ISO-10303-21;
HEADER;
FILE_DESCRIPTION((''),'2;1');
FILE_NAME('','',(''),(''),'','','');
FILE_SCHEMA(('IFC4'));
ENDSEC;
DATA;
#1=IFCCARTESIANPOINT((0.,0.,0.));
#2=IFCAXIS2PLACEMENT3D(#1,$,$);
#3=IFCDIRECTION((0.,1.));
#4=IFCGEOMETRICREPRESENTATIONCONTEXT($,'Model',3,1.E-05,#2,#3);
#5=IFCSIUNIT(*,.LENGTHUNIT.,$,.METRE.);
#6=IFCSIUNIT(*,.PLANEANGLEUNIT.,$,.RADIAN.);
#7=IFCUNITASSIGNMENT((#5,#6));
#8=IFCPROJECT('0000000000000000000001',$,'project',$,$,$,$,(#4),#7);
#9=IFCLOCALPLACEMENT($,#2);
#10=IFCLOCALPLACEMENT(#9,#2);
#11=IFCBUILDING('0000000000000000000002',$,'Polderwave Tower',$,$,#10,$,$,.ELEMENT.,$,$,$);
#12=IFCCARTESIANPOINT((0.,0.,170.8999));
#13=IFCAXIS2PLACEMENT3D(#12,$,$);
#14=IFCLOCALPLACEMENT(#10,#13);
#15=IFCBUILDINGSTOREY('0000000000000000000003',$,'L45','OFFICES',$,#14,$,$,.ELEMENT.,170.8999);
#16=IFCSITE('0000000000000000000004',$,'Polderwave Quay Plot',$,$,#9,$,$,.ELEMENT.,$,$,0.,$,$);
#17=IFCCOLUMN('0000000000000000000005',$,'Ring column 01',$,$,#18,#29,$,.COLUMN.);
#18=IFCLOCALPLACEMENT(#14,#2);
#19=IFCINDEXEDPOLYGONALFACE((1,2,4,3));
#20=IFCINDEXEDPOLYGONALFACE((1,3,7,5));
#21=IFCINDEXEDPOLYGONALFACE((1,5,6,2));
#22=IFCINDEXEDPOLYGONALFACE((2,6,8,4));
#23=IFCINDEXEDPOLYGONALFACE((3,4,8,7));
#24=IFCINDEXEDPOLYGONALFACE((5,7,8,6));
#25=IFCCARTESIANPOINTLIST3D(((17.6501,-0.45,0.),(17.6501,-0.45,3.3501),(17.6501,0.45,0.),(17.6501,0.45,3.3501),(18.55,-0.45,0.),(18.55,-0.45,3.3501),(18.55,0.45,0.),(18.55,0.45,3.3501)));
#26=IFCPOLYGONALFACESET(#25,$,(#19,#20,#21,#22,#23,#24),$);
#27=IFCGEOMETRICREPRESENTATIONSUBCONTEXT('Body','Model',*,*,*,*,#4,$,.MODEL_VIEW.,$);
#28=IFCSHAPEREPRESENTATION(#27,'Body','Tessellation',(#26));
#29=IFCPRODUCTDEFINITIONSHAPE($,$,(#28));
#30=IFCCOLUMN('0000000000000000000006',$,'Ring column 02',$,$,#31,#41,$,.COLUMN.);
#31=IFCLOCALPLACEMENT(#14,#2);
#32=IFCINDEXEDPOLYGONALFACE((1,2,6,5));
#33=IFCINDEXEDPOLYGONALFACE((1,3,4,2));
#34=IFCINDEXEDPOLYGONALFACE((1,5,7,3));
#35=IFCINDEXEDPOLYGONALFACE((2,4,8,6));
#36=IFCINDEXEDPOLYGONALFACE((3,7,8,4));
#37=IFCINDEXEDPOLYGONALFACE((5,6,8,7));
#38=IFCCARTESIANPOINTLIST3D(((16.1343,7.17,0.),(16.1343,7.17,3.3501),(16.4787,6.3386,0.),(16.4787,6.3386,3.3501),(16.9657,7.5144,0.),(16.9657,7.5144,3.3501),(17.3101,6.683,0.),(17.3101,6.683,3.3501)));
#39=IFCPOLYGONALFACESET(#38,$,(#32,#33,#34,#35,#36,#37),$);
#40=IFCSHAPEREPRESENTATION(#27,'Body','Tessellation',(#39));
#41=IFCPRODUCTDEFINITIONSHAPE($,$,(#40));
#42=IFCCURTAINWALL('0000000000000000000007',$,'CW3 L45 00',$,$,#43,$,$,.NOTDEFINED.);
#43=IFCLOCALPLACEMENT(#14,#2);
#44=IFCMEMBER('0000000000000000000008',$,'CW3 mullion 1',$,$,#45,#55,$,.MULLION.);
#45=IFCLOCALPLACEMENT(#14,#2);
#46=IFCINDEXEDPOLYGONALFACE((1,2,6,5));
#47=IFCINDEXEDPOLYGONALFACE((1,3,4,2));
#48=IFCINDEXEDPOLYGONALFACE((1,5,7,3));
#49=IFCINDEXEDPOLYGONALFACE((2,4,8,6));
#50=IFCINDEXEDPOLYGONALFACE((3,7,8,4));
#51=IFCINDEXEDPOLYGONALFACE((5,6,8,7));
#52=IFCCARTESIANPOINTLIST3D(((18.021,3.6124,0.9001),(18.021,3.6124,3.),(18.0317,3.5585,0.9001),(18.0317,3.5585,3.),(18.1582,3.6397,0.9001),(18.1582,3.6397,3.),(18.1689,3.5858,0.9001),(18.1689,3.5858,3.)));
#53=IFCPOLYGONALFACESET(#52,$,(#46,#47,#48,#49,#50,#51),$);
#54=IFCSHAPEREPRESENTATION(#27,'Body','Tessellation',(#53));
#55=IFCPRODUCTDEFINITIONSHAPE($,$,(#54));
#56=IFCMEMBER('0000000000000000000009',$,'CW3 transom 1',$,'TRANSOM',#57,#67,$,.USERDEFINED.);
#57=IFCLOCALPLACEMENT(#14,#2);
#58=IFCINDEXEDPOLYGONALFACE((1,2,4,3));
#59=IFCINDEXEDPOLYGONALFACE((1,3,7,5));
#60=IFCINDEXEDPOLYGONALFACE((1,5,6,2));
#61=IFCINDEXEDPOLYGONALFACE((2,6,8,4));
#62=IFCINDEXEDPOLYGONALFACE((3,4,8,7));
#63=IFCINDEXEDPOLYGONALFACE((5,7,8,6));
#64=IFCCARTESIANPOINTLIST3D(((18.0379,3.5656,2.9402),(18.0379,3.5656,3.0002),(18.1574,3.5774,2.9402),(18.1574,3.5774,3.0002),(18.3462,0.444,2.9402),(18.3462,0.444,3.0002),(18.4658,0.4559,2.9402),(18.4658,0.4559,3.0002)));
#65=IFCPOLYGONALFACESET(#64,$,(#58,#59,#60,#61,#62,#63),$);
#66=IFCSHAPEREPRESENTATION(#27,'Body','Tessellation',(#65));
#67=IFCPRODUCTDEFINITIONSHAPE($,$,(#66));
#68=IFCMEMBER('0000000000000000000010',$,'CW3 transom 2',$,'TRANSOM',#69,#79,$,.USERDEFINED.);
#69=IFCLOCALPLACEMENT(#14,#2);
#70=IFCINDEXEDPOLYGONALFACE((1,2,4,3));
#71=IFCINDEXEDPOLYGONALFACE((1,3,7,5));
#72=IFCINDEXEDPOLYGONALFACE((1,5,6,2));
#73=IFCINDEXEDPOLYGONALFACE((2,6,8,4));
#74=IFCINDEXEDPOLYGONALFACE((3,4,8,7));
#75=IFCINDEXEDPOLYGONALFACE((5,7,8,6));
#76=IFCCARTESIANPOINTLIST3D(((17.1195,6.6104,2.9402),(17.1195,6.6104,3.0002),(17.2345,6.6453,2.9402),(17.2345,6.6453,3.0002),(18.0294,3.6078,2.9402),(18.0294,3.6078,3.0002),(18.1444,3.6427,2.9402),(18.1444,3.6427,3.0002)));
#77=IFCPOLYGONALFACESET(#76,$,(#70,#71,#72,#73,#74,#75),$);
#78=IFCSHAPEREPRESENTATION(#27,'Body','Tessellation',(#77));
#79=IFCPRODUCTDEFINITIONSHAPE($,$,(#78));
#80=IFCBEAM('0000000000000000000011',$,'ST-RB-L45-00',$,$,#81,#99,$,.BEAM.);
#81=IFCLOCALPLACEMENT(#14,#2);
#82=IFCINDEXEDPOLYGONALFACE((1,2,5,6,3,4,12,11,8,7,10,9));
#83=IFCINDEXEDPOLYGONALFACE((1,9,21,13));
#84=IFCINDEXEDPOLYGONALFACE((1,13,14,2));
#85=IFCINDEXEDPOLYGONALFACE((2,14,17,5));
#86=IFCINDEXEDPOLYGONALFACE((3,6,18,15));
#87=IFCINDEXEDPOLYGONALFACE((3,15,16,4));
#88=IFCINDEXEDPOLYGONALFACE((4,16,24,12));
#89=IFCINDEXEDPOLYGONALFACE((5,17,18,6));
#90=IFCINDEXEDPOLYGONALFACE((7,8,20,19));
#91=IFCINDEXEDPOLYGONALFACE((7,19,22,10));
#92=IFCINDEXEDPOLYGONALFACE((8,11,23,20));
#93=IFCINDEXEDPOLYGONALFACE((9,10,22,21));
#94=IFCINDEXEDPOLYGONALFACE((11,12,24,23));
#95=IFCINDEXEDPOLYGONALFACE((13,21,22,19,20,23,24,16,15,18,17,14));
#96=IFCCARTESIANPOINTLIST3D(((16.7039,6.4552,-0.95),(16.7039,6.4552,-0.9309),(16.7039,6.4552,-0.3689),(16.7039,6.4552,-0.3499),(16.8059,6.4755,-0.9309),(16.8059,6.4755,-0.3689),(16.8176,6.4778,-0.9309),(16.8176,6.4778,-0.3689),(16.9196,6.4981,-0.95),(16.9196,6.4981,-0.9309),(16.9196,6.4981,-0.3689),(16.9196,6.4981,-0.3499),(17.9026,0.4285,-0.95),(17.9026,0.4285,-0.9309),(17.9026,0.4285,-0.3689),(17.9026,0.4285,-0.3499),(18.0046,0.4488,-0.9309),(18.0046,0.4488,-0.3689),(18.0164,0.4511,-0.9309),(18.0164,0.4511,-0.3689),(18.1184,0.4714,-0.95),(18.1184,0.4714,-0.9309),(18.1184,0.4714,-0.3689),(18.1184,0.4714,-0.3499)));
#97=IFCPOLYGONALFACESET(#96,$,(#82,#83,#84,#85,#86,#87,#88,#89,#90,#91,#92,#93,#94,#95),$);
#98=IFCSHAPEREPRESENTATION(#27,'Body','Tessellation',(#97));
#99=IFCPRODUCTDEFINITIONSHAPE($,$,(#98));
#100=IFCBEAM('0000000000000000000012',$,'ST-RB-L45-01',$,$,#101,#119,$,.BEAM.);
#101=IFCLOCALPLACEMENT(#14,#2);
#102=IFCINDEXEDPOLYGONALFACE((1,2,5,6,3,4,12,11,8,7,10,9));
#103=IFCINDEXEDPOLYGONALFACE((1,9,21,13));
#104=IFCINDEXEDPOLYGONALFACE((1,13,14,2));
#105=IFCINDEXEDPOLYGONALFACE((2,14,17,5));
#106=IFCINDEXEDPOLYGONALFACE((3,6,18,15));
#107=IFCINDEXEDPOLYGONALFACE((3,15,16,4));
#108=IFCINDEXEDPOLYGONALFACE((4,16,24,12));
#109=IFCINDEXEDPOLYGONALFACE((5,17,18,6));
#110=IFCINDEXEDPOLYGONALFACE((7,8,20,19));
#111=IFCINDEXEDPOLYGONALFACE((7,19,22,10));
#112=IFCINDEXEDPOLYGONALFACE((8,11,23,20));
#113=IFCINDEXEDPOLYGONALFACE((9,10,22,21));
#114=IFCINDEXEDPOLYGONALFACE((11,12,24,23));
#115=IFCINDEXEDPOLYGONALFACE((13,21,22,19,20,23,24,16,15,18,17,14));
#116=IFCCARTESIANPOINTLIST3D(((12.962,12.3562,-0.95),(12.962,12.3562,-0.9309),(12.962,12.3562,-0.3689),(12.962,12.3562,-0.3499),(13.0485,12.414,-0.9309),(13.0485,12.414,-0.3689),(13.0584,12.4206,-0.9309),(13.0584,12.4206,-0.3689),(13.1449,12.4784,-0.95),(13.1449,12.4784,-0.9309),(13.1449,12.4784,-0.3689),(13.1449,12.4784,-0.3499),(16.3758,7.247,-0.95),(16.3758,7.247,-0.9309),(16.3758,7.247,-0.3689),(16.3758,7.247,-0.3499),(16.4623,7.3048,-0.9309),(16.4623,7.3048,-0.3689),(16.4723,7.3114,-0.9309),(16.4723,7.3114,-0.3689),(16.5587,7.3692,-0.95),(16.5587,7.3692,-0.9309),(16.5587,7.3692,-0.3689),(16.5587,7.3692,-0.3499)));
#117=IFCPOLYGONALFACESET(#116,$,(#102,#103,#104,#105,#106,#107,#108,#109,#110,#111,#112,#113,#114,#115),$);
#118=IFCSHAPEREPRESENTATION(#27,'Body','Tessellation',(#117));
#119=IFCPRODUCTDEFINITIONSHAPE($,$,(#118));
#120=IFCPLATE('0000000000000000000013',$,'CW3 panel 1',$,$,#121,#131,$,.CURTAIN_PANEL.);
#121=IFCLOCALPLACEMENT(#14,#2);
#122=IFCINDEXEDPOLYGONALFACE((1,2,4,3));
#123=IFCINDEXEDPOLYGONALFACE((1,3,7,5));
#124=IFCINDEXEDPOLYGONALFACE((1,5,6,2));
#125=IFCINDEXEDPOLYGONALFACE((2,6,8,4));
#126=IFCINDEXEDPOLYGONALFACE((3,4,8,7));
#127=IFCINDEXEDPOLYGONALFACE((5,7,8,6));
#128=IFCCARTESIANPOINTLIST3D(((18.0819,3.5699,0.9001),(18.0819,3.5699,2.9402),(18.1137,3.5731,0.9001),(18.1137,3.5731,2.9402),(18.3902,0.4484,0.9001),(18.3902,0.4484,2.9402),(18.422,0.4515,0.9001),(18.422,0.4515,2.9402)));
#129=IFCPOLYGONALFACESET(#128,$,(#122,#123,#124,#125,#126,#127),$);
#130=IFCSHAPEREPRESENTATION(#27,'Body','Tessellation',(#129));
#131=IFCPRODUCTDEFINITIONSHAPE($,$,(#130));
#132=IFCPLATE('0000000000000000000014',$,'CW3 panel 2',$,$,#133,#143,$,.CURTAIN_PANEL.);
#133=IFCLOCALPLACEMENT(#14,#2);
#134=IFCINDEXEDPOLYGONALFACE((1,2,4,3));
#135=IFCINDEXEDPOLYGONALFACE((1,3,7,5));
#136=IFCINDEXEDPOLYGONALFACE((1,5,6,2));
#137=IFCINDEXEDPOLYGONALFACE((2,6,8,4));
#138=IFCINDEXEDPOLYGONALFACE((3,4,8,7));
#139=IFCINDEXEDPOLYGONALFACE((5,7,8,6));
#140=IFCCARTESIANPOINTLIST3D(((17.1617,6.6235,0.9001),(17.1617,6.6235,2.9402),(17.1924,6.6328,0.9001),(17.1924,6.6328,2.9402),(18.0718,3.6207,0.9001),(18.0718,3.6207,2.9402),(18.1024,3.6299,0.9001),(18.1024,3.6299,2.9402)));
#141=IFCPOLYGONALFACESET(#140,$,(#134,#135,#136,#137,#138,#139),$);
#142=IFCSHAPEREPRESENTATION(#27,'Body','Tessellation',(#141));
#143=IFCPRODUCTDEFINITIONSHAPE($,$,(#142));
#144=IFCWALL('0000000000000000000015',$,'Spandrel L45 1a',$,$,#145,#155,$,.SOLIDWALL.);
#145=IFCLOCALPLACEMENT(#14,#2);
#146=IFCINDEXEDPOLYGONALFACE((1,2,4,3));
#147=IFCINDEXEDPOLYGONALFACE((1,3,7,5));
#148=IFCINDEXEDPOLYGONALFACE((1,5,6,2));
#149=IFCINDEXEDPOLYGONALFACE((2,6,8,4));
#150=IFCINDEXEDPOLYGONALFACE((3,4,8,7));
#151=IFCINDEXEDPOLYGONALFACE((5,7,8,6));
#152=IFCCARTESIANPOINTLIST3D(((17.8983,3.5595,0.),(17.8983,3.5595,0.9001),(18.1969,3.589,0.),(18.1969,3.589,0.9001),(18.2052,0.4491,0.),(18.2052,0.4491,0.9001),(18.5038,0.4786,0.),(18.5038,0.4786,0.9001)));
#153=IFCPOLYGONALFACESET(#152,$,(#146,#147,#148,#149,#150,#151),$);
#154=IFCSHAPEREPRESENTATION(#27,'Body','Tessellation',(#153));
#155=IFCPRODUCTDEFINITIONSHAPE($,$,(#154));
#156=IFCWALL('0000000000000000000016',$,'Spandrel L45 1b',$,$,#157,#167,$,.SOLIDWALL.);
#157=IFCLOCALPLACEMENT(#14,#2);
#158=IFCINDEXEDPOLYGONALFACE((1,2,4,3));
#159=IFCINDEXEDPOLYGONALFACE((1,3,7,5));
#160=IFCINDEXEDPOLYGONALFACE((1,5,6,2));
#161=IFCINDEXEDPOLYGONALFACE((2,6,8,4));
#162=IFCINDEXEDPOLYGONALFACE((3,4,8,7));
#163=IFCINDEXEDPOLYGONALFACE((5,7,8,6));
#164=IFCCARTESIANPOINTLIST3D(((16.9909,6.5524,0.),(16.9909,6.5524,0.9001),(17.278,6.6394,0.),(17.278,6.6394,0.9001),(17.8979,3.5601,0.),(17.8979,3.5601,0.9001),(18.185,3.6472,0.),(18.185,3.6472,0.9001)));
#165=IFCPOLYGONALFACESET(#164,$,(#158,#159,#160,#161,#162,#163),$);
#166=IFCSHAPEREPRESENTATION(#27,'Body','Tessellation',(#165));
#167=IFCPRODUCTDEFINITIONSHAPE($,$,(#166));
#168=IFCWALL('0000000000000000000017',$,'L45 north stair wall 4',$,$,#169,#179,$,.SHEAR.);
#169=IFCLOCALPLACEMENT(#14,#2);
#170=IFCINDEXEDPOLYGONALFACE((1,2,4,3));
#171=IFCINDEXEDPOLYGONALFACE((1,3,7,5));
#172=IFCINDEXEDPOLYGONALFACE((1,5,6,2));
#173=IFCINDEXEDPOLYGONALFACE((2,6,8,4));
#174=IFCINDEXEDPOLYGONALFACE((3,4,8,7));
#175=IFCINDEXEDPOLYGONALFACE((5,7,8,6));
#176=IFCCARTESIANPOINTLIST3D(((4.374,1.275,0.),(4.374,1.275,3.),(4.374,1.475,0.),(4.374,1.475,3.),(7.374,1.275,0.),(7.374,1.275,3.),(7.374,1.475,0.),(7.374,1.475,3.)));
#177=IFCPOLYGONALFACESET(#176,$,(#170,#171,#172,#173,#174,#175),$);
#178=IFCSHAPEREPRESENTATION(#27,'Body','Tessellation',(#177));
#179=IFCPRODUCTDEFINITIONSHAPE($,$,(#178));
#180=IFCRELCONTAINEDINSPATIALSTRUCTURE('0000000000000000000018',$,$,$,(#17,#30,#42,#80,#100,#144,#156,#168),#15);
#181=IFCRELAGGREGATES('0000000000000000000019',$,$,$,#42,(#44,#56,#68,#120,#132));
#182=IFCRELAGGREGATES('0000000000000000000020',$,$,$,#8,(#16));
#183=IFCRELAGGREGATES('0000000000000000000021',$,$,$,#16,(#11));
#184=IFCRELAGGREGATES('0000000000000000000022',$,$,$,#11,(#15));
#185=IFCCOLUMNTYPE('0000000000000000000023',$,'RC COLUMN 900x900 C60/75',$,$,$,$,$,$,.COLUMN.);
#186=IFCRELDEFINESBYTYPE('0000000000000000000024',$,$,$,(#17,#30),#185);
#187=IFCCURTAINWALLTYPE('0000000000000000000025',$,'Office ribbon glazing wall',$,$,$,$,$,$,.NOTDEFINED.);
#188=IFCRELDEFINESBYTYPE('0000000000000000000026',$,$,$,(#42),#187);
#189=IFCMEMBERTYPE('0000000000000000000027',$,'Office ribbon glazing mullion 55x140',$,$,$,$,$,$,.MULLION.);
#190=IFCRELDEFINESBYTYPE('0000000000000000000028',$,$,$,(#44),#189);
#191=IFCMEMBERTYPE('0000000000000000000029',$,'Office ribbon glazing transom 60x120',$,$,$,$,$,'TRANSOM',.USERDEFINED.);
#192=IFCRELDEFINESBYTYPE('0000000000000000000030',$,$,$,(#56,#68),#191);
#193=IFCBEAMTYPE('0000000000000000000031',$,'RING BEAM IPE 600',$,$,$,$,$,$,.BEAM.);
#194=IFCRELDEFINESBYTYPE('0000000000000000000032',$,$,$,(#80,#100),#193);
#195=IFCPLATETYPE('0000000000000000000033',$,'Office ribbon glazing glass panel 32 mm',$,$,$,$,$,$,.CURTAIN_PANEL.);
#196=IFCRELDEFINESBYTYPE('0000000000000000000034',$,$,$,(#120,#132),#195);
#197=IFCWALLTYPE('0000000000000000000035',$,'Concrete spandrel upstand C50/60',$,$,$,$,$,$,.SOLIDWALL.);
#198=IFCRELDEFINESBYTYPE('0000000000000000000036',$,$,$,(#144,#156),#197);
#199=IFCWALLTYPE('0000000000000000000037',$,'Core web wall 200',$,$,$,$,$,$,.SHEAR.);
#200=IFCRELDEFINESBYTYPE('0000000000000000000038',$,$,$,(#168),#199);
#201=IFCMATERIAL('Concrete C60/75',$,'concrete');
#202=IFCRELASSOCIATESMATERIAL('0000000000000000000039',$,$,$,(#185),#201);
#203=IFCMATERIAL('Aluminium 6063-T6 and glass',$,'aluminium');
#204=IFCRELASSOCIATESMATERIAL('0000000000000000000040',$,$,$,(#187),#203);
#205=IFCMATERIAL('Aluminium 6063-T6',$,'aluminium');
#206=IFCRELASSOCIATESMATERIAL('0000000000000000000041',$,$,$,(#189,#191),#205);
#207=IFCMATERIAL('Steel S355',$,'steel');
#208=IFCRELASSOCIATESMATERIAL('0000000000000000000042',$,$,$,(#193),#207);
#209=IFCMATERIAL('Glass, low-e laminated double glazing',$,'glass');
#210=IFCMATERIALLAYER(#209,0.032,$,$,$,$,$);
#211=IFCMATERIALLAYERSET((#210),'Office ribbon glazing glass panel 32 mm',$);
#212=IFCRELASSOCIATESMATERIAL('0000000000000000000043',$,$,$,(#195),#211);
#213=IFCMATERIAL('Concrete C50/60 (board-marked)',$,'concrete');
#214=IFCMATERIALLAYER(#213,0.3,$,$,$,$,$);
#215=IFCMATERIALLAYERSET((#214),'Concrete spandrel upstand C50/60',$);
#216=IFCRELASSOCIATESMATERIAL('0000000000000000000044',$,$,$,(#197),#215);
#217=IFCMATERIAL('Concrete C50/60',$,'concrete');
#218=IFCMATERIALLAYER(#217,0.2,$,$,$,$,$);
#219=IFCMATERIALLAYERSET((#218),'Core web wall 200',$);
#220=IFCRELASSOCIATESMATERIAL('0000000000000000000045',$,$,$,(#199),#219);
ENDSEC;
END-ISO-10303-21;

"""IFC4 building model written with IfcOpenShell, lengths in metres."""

from ifc_helpers import new_model, si_unit, direction, frame, frame_2d, origin, origin_2d, place, context, subcontext, project, spatial, rectangle, i_section, extrude, material, layer, layer_set, material_profile, profile_set, type_object, element, aggregate, save


model = new_model("IFC4")

# Units and contexts
model_context = context("Model", 3, precision=1e-05, world=origin(), true_north=direction((0.0, 1.0)))
body_context = subcontext(model_context, "Body", "Model", "MODEL_VIEW")
ifc_project = project(units=[si_unit("LENGTHUNIT", "METRE"), si_unit("PLANEANGLEUNIT", "RADIAN")], contexts=[model_context])

# Site, building, storey
site_placement = place(None, origin())
site = spatial("IfcSite", under=ifc_project, at=site_placement, Name="Polderwave Quay Plot", CompositionType="ELEMENT", RefElevation=0.0)
building_placement = place(site_placement, origin())
building = spatial("IfcBuilding", under=site, at=building_placement, Name="Polderwave Tower", CompositionType="ELEMENT")
storey_placement = place(building_placement, frame((0.0, 0.0, 170.8999)))
storey = spatial("IfcBuildingStorey", under=building, at=storey_placement, Name="L45", Description="OFFICES", CompositionType="ELEMENT", Elevation=170.8999)

# Columns
ifc_material_1 = material(Name="Concrete C60/75", Category="concrete")
ifc_material_profile_1 = material_profile(ifc_material_1, rectangle(XDim=0.8999, YDim=0.8999, at=origin_2d()), Name="RC 900x900")
ifc_profile_set_1 = profile_set([ifc_material_profile_1], Name="Concrete C60/75")
column_type = type_object("IfcColumnType", Name="RC COLUMN 900x900 C60/75", PredefinedType="COLUMN", material=ifc_profile_set_1)
for number, where, z_axis, x_axis, name in (
    (1, (18.1001, 0.0, 0.0), (0.0, 0.0, 1.0), (1.0, 0.0, 0.0), "Ring column 01"),
    (2, (16.7222, 6.9265, 0.0), (0.0, 0.0, 1.0), (0.92388, 0.382683, 0.0), "Ring column 02"),
):
    element("IfcColumn", number, at=place(storey_placement, frame(where, z_axis=z_axis, x_axis=x_axis)), inside=storey, type_object=column_type, Name=name, PredefinedType="COLUMN", context=body_context, shape_type="SweptSolid", body=[
        extrude(rectangle(XDim=0.8999, YDim=0.8999, at=origin_2d()), origin(), (0.0, 0.0, 1.0), 3.3501),
    ])

# Curtain wall, members
ifc_material_2 = material(Name="Aluminium 6063-T6 and glass", Category="aluminium")
curtain_wall_type = type_object("IfcCurtainWallType", Name="Office ribbon glazing wall", PredefinedType="NOTDEFINED", material=ifc_material_2)
curtain_wall_placement = place(storey_placement, origin())
curtain_wall = element("IfcCurtainWall", 3, at=curtain_wall_placement, inside=storey, type_object=curtain_wall_type, Name="CW3 L45 00", PredefinedType="NOTDEFINED")
ifc_material_3 = material(Name="Aluminium 6063-T6", Category="aluminium")
ifc_material_profile_2 = material_profile(ifc_material_3, rectangle(XDim=0.1399, YDim=0.0549, at=origin_2d()), Name="AL 55x140")
ifc_profile_set_2 = profile_set([ifc_material_profile_2], Name="Aluminium 6063-T6")
member_type_1 = type_object("IfcMemberType", Name="Office ribbon glazing mullion 55x140", PredefinedType="MULLION", material=ifc_profile_set_2)
member_1_placement = place(storey_placement, frame((18.095, 3.5991, 0.9001), z_axis=(0.0, 0.0, 1.0), x_axis=(-0.980784, -0.195097, 0.0)))
member_1 = element("IfcMember", 4, at=member_1_placement, type_object=member_type_1, Name="CW3 mullion 1", PredefinedType="MULLION", context=body_context, shape_type="SweptSolid", body=[
    extrude(rectangle(XDim=0.1399, YDim=0.0549, at=origin_2d()), origin(), (0.0, 0.0, 1.0), 2.0999),
])
ifc_material_profile_3 = material_profile(ifc_material_3, rectangle(XDim=0.1201, YDim=0.0601, at=origin_2d()), Name="AL 60x120")
ifc_profile_set_3 = profile_set([ifc_material_profile_3], Name="Aluminium 6063-T6")
member_type_2 = type_object("IfcMemberType", Name="Office ribbon glazing transom 60x120", ElementType="TRANSOM", PredefinedType="USERDEFINED", material=ifc_profile_set_3)
member_2_placement = place(storey_placement, frame((18.406, 0.45, 2.9702), z_axis=(-0.098301, 0.995157, 0.0), x_axis=(-0.995157, -0.098301, 0.0)))
member_2 = element("IfcMember", 5, at=member_2_placement, type_object=member_type_2, Name="CW3 transom 1", ObjectType="TRANSOM", PredefinedType="USERDEFINED", context=body_context, shape_type="SweptSolid", body=[
    extrude(rectangle(XDim=0.1201, YDim=0.0601, at=origin_2d()), origin(), (0.0, 0.0, 1.0), 3.1367),
])
member_3_placement = place(storey_placement, frame((18.0869, 3.6252, 2.9702), z_axis=(-0.29001, 0.957024, 0.0), x_axis=(-0.957024, -0.29001, 0.0)))
member_3 = element("IfcMember", 6, at=member_3_placement, type_object=member_type_2, Name="CW3 transom 2", ObjectType="TRANSOM", PredefinedType="USERDEFINED", context=body_context, shape_type="SweptSolid", body=[
    extrude(rectangle(XDim=0.1201, YDim=0.0601, at=origin_2d()), origin(), (0.0, 0.0, 1.0), 3.1375),
])

# Beams
ifc_material_4 = material(Name="Steel S355", Category="steel")
ifc_material_profile_4 = material_profile(ifc_material_4, i_section(OverallWidth=0.22, OverallDepth=0.6001, WebThickness=0.012, FlangeThickness=0.019, at=origin_2d()), Name="IPE 600")
ifc_profile_set_4 = profile_set([ifc_material_profile_4], Name="Steel S355")
beam_type = type_object("IfcBeamType", Name="RING BEAM IPE 600", PredefinedType="BEAM", material=ifc_profile_set_4)
for number, where, z_axis, x_axis, name in (
    (7, (18.0105, 0.45, -0.6499), (-0.195085, 0.980786, 0.0), (-0.980786, -0.195085, 0.0), "ST-RB-L45-00"),
    (8, (16.4673, 7.3081, -0.6499), (-0.555571, 0.831469, 0.0), (-0.831469, -0.555571, 0.0), "ST-RB-L45-01"),
):
    element("IfcBeam", number, at=place(storey_placement, frame(where, z_axis=z_axis, x_axis=x_axis)), inside=storey, type_object=beam_type, Name=name, PredefinedType="BEAM", context=body_context, shape_type="SweptSolid", body=[
        extrude(i_section(OverallWidth=0.22, OverallDepth=0.6001, WebThickness=0.012, FlangeThickness=0.019, at=origin_2d()), origin(), (0.0, 0.0, 1.0), 6.1448),
    ])

# Plates
ifc_material_5 = material(Name="Glass, low-e laminated double glazing", Category="glass")
ifc_layer_1 = layer(ifc_material_5, 0.032)
ifc_layer_set_1 = layer_set([ifc_layer_1], Name="Office ribbon glazing glass panel 32 mm")
plate_type = type_object("IfcPlateType", Name="Office ribbon glazing glass panel 32 mm", PredefinedType="CURTAIN_PANEL", material=ifc_layer_set_1)
plate_1_placement = place(storey_placement, frame((18.252, 2.0107, 0.9001), z_axis=(0.0, 0.0, 1.0), x_axis=(-0.098283, 0.995159, 0.0)))
plate_1 = element("IfcPlate", 9, at=plate_1_placement, type_object=plate_type, Name="CW3 panel 1", PredefinedType="CURTAIN_PANEL", context=body_context, shape_type="SweptSolid", body=[
    extrude(rectangle(XDim=3.1367, YDim=0.032, at=origin_2d()), origin(), (0.0, 0.0, 1.0), 2.04),
])
plate_2_placement = place(storey_placement, frame((17.6321, 5.1267, 0.9001), z_axis=(0.0, 0.0, 1.0), x_axis=(-0.290042, 0.957014, 0.0)))
plate_2 = element("IfcPlate", 10, at=plate_2_placement, type_object=plate_type, Name="CW3 panel 2", PredefinedType="CURTAIN_PANEL", context=body_context, shape_type="SweptSolid", body=[
    extrude(rectangle(XDim=3.1377, YDim=0.032, at=origin_2d()), origin(), (0.0, 0.0, 1.0), 2.04),
])
aggregate(curtain_wall, [member_1, member_2, member_3, plate_1, plate_2])

# Walls
ifc_material_6 = material(Name="Concrete C50/60 (board-marked)", Category="concrete")
ifc_layer_2 = layer(ifc_material_6, 0.3)
ifc_layer_set_2 = layer_set([ifc_layer_2], Name="Concrete spandrel upstand C50/60")
wall_type_1 = type_object("IfcWallType", Name="Concrete spandrel upstand C50/60", PredefinedType="SOLIDWALL", material=ifc_layer_set_2)
wall_1_placement = place(storey_placement, frame((18.3545, 0.4639, 0.0), z_axis=(0.0, 0.0, 1.0), x_axis=(-0.098189, 0.995168, 0.0)))
element("IfcWall", 11, at=wall_1_placement, inside=storey, type_object=wall_type_1, Name="Spandrel L45 1a", PredefinedType="SOLIDWALL", context=body_context, shape_type="SweptSolid", body=[
    extrude(rectangle(XDim=3.1255, YDim=0.3, at=frame_2d((1.5627, 0.0))), origin(), (0.0, 0.0, 1.0), 0.9001),
])
wall_2_placement = place(storey_placement, frame((18.0415, 3.6035, 0.0), z_axis=(0.0, 0.0, 1.0), x_axis=(-0.290083, 0.957001, 0.0)))
element("IfcWall", 12, at=wall_2_placement, inside=storey, type_object=wall_type_1, Name="Spandrel L45 1b", PredefinedType="SOLIDWALL", context=body_context, shape_type="SweptSolid", body=[
    extrude(rectangle(XDim=3.1267, YDim=0.3, at=frame_2d((1.5635, 0.0))), origin(), (0.0, 0.0, 1.0), 0.9001),
])
ifc_material_7 = material(Name="Concrete C50/60", Category="concrete")
ifc_layer_3 = layer(ifc_material_7, 0.2)
ifc_layer_set_3 = layer_set([ifc_layer_3], Name="Core web wall 200")
wall_type_2 = type_object("IfcWallType", Name="Core web wall 200", PredefinedType="SHEAR", material=ifc_layer_set_3)
wall_3_placement = place(storey_placement, frame((4.374, 1.375, 0.0), z_axis=(0.0, 0.0, 1.0), x_axis=(1.0, 0.0, 0.0)))
element("IfcWall", 13, at=wall_3_placement, inside=storey, type_object=wall_type_2, Name="L45 north stair wall 4", PredefinedType="SHEAR", context=body_context, shape_type="SweptSolid", body=[
    extrude(rectangle(XDim=3.0, YDim=0.2, at=frame_2d((1.5, 0.0))), origin(), (0.0, 0.0, 1.0), 3.0),
])

save(model, "model.ifc")
